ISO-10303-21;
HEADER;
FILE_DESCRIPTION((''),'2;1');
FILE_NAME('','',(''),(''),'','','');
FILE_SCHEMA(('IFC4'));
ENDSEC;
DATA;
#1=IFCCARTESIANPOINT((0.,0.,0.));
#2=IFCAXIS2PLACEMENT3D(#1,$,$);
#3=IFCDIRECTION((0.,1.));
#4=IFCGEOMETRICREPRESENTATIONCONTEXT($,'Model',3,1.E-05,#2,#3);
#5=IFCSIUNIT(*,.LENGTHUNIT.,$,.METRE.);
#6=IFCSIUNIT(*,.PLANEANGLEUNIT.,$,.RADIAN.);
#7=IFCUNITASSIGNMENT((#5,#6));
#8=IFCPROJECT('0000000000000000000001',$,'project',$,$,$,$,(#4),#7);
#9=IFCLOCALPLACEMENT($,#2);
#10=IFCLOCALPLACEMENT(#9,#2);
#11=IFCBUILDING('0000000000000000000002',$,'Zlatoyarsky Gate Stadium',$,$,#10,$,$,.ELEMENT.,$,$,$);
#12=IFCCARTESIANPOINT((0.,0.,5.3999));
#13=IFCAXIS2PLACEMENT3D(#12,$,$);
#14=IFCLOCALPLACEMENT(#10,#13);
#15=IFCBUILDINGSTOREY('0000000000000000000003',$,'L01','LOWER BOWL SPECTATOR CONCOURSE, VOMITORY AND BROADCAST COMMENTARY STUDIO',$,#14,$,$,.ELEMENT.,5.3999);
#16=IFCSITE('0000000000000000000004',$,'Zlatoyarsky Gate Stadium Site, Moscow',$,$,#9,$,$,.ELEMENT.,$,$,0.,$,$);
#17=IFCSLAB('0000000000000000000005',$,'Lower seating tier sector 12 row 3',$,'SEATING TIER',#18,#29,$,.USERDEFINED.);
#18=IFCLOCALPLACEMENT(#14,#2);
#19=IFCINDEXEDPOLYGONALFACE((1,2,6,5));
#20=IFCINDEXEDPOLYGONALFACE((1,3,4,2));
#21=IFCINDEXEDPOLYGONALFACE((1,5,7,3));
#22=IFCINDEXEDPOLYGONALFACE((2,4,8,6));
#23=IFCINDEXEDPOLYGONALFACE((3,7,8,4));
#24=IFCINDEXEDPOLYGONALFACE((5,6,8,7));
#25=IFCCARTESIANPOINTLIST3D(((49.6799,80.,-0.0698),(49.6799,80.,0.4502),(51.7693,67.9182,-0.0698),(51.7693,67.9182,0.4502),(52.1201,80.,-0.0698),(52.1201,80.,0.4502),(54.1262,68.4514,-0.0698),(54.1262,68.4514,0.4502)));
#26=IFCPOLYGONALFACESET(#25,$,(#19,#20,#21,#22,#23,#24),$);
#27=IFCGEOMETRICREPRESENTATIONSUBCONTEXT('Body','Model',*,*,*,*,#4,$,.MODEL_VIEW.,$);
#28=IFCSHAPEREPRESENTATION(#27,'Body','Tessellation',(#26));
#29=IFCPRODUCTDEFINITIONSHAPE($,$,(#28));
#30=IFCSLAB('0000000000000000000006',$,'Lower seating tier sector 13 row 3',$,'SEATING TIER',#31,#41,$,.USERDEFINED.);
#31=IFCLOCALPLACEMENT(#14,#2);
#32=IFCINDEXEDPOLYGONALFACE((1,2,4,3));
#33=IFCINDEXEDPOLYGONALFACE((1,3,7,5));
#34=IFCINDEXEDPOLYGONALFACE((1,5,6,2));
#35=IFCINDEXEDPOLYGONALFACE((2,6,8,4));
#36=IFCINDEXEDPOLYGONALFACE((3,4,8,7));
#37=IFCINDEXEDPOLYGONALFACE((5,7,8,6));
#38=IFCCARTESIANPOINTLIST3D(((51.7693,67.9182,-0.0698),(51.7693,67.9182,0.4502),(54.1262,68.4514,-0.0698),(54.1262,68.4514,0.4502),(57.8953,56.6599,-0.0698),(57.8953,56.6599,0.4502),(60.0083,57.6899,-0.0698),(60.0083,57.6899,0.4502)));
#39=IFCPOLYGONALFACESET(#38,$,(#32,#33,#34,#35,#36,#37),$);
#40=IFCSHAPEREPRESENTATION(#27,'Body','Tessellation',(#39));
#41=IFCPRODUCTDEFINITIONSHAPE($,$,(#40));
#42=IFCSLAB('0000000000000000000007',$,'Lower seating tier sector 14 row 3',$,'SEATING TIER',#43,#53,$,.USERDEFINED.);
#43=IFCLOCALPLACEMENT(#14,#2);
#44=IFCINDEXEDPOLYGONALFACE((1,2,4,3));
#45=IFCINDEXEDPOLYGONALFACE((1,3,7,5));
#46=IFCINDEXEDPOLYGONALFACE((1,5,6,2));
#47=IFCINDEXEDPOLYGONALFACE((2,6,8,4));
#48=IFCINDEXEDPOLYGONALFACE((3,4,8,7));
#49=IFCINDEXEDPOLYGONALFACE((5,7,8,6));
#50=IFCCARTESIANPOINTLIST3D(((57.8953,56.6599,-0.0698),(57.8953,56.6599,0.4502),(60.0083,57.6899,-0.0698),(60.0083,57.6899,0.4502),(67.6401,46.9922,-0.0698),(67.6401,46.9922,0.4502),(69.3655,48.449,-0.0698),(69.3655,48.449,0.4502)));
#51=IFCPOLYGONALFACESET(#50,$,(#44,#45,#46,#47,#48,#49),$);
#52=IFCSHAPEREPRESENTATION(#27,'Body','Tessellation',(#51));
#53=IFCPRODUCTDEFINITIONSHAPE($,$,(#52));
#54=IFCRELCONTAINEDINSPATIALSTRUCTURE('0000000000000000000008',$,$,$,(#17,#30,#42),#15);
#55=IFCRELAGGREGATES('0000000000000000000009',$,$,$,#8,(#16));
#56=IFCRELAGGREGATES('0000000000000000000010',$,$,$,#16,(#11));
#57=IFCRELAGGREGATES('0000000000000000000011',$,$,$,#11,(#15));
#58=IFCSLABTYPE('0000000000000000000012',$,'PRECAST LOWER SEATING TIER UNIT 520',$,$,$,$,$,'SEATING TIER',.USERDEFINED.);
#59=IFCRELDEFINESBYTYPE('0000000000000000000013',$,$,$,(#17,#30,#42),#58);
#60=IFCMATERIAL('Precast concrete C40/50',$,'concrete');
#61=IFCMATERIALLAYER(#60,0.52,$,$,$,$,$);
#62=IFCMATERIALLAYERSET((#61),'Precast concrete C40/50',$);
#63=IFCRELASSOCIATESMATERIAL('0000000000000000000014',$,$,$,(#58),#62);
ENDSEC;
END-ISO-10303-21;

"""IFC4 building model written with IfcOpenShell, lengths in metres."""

from ifc_helpers import new_model, si_unit, direction, frame, origin, place, context, subcontext, project, spatial, polyline, outline, extrude, material, layer, layer_set, type_object, element, save


model = new_model("IFC4")

# Units and contexts
model_context = context("Model", 3, precision=1e-05, world=origin(), true_north=direction((0.0, 1.0)))
body_context = subcontext(model_context, "Body", "Model", "MODEL_VIEW")
ifc_project = project(units=[si_unit("LENGTHUNIT", "METRE"), si_unit("PLANEANGLEUNIT", "RADIAN")], contexts=[model_context])

# Site, building, storey
site_placement = place(None, origin())
site = spatial("IfcSite", under=ifc_project, at=site_placement, Name="Zlatoyarsky Gate Stadium Site, Moscow", CompositionType="ELEMENT", RefElevation=0.0)
building_placement = place(site_placement, origin())
building = spatial("IfcBuilding", under=site, at=building_placement, Name="Zlatoyarsky Gate Stadium", CompositionType="ELEMENT")
storey_placement = place(building_placement, frame((0.0, 0.0, 5.3999)))
storey = spatial("IfcBuildingStorey", under=building, at=storey_placement, Name="L01", Description="LOWER BOWL SPECTATOR CONCOURSE, VOMITORY AND BROADCAST COMMENTARY STUDIO", CompositionType="ELEMENT", Elevation=5.3999)

# Slabs
ifc_material_1 = material(Name="Precast concrete C40/50", Category="concrete")
ifc_layer_1 = layer(ifc_material_1, 0.52)
ifc_layer_set_1 = layer_set([ifc_layer_1], Name="Precast concrete C40/50")
slab_type_1 = type_object("IfcSlabType", Name="PRECAST LOWER SEATING TIER UNIT 520", ElementType="SEATING TIER", PredefinedType="USERDEFINED", material=ifc_layer_set_1)
slab_1_placement = place(storey_placement, frame((0.0, 0.0, -0.0698)))
element("IfcSlab", 1, at=slab_1_placement, inside=storey, type_object=slab_type_1, Name="Lower seating tier sector 12 row 3", ObjectType="SEATING TIER", PredefinedType="USERDEFINED", context=body_context, shape_type="SweptSolid", body=[
    extrude(outline(polyline([(52.1201, 80.0), (49.6799, 80.0), (51.7693, 67.9182), (54.1262, 68.4514), (52.1201, 80.0)])), origin(), (0.0, 0.0, 1.0), 0.52),
])
slab_2_placement = place(storey_placement, frame((0.0, 0.0, -0.0698)))
element("IfcSlab", 2, at=slab_2_placement, inside=storey, type_object=slab_type_1, Name="Lower seating tier sector 13 row 3", ObjectType="SEATING TIER", PredefinedType="USERDEFINED", context=body_context, shape_type="SweptSolid", body=[
    extrude(outline(polyline([(54.1262, 68.4514), (51.7693, 67.9182), (57.8953, 56.6599), (60.0083, 57.6899), (54.1262, 68.4514)])), origin(), (0.0, 0.0, 1.0), 0.52),
])
slab_3_placement = place(storey_placement, frame((0.0, 0.0, -0.0698)))
element("IfcSlab", 3, at=slab_3_placement, inside=storey, type_object=slab_type_1, Name="Lower seating tier sector 14 row 3", ObjectType="SEATING TIER", PredefinedType="USERDEFINED", context=body_context, shape_type="SweptSolid", body=[
    extrude(outline(polyline([(60.0083, 57.6899), (57.8953, 56.6599), (67.6401, 46.9922), (69.3655, 48.449), (60.0083, 57.6899)])), origin(), (0.0, 0.0, 1.0), 0.52),
])

save(model, "model.ifc")
